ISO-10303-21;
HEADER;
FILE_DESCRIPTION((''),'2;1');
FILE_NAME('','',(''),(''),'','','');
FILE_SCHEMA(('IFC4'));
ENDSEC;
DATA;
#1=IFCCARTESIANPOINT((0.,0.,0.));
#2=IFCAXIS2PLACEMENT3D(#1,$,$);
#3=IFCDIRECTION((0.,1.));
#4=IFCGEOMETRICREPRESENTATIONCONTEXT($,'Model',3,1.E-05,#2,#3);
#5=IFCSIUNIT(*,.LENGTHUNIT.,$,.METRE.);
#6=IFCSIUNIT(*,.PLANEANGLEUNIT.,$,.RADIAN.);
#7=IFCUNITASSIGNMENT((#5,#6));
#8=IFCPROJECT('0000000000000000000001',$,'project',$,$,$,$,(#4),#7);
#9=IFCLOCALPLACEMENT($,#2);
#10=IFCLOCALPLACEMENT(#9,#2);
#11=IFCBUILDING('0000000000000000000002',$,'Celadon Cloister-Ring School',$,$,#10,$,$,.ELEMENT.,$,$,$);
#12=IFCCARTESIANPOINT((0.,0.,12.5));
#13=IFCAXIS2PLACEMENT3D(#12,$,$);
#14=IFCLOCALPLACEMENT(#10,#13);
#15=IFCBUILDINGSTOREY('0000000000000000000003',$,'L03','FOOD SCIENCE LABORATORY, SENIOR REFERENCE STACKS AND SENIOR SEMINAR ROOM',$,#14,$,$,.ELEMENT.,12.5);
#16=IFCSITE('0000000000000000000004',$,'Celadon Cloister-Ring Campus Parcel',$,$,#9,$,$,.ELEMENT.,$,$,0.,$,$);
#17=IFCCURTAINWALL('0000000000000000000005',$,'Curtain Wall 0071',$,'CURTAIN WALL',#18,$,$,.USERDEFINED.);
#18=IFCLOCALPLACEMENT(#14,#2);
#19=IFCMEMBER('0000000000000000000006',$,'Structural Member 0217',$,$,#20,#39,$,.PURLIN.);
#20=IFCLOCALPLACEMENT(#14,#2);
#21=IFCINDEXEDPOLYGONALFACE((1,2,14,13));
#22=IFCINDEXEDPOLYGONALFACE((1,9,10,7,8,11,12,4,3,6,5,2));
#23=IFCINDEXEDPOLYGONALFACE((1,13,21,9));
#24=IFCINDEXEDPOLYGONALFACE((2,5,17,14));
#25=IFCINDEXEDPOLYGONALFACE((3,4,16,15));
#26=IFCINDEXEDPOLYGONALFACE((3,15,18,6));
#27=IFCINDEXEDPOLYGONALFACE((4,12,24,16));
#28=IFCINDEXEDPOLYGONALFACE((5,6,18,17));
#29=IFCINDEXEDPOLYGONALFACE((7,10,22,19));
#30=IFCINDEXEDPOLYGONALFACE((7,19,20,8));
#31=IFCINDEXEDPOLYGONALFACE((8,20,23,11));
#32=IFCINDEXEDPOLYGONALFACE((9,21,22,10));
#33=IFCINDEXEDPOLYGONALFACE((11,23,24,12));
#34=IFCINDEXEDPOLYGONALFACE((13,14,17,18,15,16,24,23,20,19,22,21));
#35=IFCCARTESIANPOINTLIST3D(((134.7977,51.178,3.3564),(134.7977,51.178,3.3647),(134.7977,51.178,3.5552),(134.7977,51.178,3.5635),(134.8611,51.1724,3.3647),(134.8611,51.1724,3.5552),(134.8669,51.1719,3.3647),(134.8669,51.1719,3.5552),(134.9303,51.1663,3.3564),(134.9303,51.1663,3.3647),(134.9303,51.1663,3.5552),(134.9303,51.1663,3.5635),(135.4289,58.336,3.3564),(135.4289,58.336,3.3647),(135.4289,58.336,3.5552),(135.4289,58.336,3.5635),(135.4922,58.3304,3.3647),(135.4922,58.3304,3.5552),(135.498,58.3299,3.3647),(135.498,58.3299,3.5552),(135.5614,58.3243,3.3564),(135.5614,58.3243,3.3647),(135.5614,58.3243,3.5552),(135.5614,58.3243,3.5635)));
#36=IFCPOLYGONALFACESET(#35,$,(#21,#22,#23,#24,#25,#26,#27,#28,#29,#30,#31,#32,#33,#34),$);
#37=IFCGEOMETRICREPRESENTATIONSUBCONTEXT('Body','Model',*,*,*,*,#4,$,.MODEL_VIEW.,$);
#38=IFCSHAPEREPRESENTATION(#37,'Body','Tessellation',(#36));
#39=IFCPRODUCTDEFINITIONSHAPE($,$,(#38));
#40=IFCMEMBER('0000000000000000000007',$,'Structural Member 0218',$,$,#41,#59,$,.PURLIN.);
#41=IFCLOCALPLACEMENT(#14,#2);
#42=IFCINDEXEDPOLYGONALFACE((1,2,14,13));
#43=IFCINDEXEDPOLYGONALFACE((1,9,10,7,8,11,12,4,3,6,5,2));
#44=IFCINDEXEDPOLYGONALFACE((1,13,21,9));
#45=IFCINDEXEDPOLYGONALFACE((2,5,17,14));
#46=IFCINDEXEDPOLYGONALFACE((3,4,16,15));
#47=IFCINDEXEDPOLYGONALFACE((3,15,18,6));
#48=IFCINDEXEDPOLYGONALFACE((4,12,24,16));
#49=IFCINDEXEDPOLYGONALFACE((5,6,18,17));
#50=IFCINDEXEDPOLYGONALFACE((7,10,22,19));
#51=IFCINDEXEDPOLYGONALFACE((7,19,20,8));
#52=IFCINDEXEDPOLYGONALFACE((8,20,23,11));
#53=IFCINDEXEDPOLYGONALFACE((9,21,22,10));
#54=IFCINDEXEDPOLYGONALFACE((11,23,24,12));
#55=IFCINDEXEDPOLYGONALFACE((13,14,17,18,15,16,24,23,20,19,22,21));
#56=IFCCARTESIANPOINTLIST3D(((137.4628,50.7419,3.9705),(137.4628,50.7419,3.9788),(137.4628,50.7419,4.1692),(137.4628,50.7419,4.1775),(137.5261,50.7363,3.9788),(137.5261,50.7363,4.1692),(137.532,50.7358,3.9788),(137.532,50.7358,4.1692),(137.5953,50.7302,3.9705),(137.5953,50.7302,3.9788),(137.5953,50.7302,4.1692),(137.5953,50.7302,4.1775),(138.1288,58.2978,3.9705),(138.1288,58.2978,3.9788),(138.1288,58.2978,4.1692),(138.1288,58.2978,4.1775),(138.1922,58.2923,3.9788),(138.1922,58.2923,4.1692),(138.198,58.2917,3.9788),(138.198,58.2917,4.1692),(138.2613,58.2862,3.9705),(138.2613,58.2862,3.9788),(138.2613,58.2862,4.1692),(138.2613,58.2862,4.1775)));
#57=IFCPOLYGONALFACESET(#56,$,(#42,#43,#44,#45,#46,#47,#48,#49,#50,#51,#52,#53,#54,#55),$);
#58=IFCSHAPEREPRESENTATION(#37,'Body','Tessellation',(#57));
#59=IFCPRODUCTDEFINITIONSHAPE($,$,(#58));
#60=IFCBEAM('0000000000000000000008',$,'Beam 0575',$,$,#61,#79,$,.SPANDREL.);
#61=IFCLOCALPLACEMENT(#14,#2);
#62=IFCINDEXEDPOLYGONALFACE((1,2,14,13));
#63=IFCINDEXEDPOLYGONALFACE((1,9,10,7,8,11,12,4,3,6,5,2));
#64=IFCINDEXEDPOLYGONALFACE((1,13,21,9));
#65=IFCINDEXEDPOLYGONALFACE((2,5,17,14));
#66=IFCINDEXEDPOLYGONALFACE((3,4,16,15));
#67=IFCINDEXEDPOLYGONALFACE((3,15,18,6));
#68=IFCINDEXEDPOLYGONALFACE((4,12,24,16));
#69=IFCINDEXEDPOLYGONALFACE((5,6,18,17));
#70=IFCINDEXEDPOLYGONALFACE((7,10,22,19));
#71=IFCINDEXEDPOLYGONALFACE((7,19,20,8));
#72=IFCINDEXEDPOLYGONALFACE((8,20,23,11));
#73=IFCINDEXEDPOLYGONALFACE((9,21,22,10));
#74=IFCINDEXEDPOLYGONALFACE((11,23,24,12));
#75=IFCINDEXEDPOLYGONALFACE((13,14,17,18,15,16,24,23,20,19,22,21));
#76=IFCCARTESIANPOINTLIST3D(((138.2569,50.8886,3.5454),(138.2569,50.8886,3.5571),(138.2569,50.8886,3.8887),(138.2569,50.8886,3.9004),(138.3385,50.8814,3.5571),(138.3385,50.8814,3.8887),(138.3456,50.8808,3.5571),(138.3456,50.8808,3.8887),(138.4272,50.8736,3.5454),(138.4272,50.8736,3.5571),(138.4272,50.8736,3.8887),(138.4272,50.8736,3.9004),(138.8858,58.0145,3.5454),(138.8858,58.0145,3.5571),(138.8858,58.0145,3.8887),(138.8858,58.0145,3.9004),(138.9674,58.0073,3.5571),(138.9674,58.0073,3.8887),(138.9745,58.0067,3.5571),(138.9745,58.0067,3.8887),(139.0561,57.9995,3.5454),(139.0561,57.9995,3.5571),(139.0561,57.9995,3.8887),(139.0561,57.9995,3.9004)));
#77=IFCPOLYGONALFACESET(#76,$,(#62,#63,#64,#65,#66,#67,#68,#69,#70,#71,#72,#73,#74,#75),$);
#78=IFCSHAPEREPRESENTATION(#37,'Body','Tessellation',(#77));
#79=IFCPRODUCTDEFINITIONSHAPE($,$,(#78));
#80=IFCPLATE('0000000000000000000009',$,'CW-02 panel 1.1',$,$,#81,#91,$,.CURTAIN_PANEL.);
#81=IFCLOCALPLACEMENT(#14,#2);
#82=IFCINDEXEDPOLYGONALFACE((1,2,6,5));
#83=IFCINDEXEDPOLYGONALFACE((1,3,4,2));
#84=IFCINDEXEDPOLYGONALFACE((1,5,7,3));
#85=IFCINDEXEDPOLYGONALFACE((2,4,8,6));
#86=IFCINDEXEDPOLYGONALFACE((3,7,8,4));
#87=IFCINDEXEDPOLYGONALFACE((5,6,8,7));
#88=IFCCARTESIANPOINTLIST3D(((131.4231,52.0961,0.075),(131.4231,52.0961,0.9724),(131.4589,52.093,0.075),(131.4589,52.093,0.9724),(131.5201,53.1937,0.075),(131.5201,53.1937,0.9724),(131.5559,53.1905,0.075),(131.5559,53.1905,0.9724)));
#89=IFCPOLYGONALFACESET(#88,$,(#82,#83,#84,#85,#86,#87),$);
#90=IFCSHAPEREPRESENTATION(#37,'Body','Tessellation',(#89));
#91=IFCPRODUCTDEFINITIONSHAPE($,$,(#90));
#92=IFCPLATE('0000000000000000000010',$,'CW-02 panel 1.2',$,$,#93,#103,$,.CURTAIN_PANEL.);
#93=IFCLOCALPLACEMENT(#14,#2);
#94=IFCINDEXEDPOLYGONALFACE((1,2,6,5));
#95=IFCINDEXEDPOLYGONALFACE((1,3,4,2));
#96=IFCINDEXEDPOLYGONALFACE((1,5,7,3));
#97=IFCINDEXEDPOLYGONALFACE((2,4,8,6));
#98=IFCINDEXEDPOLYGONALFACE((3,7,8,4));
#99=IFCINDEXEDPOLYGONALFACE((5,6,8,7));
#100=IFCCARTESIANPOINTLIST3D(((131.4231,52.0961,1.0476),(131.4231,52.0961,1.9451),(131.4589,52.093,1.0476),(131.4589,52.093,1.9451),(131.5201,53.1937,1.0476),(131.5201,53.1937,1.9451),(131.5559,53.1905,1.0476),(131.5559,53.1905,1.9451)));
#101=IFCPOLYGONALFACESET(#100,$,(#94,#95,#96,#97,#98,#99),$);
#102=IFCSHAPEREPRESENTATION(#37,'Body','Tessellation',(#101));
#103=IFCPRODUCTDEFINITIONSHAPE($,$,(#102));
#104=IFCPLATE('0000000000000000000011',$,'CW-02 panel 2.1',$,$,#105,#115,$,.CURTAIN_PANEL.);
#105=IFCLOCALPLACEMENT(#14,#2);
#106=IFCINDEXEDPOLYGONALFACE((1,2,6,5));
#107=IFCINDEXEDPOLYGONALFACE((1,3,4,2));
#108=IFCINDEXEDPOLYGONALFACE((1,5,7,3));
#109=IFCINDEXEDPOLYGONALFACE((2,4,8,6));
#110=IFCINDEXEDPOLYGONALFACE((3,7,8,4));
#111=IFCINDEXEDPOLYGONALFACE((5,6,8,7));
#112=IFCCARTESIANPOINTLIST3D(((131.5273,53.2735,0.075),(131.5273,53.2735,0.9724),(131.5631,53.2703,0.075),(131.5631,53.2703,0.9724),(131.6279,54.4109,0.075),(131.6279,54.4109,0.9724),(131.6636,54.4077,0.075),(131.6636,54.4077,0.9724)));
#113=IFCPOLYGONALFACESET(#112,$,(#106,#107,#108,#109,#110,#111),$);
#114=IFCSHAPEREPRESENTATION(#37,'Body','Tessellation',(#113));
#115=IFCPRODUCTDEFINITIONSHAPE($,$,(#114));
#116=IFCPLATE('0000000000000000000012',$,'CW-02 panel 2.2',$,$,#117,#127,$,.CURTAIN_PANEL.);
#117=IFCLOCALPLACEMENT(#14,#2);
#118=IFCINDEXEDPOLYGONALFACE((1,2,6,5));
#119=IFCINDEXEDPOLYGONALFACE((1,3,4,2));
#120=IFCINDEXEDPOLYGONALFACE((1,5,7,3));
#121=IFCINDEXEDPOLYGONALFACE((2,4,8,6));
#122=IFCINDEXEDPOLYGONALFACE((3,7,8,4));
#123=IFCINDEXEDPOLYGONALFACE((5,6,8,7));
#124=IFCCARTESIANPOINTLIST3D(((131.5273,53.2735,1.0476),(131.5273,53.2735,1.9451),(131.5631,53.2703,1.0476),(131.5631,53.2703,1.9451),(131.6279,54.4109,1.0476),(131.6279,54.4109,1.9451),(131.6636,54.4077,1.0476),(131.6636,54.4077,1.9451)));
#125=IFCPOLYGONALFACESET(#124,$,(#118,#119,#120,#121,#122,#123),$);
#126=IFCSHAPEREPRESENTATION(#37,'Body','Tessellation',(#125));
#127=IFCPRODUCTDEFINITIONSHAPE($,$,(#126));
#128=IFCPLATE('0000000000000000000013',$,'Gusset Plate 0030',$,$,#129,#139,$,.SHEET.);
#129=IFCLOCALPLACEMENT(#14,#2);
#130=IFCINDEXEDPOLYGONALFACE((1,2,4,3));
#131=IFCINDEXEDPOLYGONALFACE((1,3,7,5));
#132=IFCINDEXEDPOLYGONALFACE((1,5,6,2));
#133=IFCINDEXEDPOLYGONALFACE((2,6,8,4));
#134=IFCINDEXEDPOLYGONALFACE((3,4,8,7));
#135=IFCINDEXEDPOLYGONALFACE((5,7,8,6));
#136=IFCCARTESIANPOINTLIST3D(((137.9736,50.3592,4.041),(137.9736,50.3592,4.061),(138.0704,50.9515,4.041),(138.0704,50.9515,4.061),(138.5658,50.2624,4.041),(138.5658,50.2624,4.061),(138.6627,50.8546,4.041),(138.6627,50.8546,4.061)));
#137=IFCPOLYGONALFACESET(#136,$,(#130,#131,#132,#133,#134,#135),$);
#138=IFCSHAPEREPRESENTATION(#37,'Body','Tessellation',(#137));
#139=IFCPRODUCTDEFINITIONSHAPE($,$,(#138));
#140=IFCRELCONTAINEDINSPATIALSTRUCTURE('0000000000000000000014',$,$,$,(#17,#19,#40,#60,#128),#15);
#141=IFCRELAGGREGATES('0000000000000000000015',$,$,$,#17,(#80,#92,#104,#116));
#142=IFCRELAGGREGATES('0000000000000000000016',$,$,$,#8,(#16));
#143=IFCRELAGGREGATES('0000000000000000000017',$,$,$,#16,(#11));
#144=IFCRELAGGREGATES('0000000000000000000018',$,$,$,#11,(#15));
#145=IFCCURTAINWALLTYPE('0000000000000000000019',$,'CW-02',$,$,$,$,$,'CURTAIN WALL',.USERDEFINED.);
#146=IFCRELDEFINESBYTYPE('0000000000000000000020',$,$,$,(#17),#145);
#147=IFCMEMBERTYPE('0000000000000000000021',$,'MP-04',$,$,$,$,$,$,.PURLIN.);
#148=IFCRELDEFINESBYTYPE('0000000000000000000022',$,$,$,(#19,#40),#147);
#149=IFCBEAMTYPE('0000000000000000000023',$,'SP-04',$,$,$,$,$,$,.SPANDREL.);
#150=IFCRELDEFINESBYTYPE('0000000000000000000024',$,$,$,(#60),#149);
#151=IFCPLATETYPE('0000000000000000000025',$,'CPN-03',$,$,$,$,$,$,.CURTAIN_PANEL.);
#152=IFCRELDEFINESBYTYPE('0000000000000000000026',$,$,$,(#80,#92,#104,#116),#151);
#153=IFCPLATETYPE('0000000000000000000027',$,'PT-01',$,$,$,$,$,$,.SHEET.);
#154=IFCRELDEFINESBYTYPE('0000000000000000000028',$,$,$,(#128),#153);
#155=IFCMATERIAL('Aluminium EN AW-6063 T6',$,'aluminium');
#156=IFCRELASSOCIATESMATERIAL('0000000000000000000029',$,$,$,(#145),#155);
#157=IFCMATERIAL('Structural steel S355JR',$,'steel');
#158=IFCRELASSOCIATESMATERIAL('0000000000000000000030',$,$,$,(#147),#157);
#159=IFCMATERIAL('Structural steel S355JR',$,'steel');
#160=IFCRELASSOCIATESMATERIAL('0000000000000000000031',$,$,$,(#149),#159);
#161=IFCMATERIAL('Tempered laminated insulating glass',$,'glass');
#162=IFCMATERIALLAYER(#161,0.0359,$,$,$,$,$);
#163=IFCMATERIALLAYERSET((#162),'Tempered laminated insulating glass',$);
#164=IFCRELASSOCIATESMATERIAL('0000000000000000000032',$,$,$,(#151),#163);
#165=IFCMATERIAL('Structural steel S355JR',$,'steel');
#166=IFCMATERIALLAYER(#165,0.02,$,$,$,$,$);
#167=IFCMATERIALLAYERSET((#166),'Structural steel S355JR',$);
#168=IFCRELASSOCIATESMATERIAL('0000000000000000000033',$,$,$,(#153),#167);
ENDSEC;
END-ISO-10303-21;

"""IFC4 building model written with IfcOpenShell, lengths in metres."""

from ifc_helpers import new_model, si_unit, direction, frame, origin, origin_2d, place, context, subcontext, project, spatial, rectangle, i_section, extrude, material, layer, layer_set, material_profile, profile_set, type_object, element, aggregate, save


model = new_model("IFC4")

# Units and contexts
model_context = context("Model", 3, precision=1e-05, world=origin(), true_north=direction((0.0, 1.0)))
body_context = subcontext(model_context, "Body", "Model", "MODEL_VIEW")
ifc_project = project(units=[si_unit("LENGTHUNIT", "METRE"), si_unit("PLANEANGLEUNIT", "RADIAN")], contexts=[model_context])

# Site, building, storey
site_placement = place(None, origin())
site = spatial("IfcSite", under=ifc_project, at=site_placement, Name="Celadon Cloister-Ring Campus Parcel", CompositionType="ELEMENT", RefElevation=0.0)
building_placement = place(site_placement, origin())
building = spatial("IfcBuilding", under=site, at=building_placement, Name="Celadon Cloister-Ring School", CompositionType="ELEMENT")
storey_placement = place(building_placement, frame((0.0, 0.0, 12.5)))
storey = spatial("IfcBuildingStorey", under=building, at=storey_placement, Name="L03", Description="FOOD SCIENCE LABORATORY, SENIOR REFERENCE STACKS AND SENIOR SEMINAR ROOM", CompositionType="ELEMENT", Elevation=12.5)

# Curtain wall
ifc_material_1 = material(Name="Aluminium EN AW-6063 T6", Category="aluminium")
curtain_wall_type = type_object("IfcCurtainWallType", Name="CW-02", ElementType="CURTAIN WALL", PredefinedType="USERDEFINED", material=ifc_material_1)
curtain_wall_placement = place(storey_placement, origin())
curtain_wall = element("IfcCurtainWall", 1, at=curtain_wall_placement, inside=storey, type_object=curtain_wall_type, Name="Curtain Wall 0071", ObjectType="CURTAIN WALL", PredefinedType="USERDEFINED")

# Members
ifc_material_2 = material(Name="Structural steel S355JR", Category="steel")
ifc_material_profile_1 = material_profile(ifc_material_2, i_section(OverallWidth=0.1331, OverallDepth=0.207, WebThickness=0.0059, FlangeThickness=0.0083, at=origin_2d()), Name="W200X27")
ifc_profile_set_1 = profile_set([ifc_material_profile_1], Name="Structural steel S355JR")
member_type_1 = type_object("IfcMemberType", Name="MP-04", PredefinedType="PURLIN", material=ifc_profile_set_1)
member_1_placement = place(storey_placement, frame((134.864, 51.1721, 3.46), z_axis=(0.087827, 0.996136, 0.0), x_axis=(-0.996136, 0.087827, 0.0)))
element("IfcMember", 2, at=member_1_placement, inside=storey, type_object=member_type_1, Name="Structural Member 0217", PredefinedType="PURLIN", context=body_context, shape_type="SweptSolid", body=[
    extrude(i_section(OverallWidth=0.1331, OverallDepth=0.207, WebThickness=0.0059, FlangeThickness=0.0083, at=origin_2d()), origin(), (0.0, 0.0, 1.0), 7.1858),
])
member_2_placement = place(storey_placement, frame((137.5291, 50.7361, 4.074), z_axis=(0.087805, 0.996138, 0.0), x_axis=(-0.996138, 0.087805, 0.0)))
element("IfcMember", 3, at=member_2_placement, inside=storey, type_object=member_type_1, Name="Structural Member 0218", PredefinedType="PURLIN", context=body_context, shape_type="SweptSolid", body=[
    extrude(i_section(OverallWidth=0.1331, OverallDepth=0.207, WebThickness=0.0059, FlangeThickness=0.0083, at=origin_2d()), origin(), (0.0, 0.0, 1.0), 7.5852),
])

# Beam
ifc_material_3 = material(Name="Structural steel S355JR", Category="steel")
ifc_material_profile_2 = material_profile(ifc_material_3, i_section(OverallWidth=0.1709, OverallDepth=0.355, WebThickness=0.0071, FlangeThickness=0.0117, at=origin_2d()), Name="W360X51")
ifc_profile_set_2 = profile_set([ifc_material_profile_2], Name="Structural steel S355JR")
beam_type = type_object("IfcBeamType", Name="SP-04", PredefinedType="SPANDREL", material=ifc_profile_set_2)
beam_placement = place(storey_placement, frame((138.342, 50.8811, 3.7229), z_axis=(0.087914, 0.996128, 0.0), x_axis=(-0.996128, 0.087914, 0.0)))
element("IfcBeam", 4, at=beam_placement, inside=storey, type_object=beam_type, Name="Beam 0575", PredefinedType="SPANDREL", context=body_context, shape_type="SweptSolid", body=[
    extrude(i_section(OverallWidth=0.1709, OverallDepth=0.355, WebThickness=0.0071, FlangeThickness=0.0117, at=origin_2d()), origin(), (0.0, 0.0, 1.0), 7.1536),
])

# Plates
ifc_material_4 = material(Name="Tempered laminated insulating glass", Category="glass")
ifc_layer_1 = layer(ifc_material_4, 0.0359)
ifc_layer_set_1 = layer_set([ifc_layer_1], Name="Tempered laminated insulating glass")
plate_type_1 = type_object("IfcPlateType", Name="CPN-03", PredefinedType="CURTAIN_PANEL", material=ifc_layer_set_1)
plate_1_placement = place(storey_placement, frame((131.4895, 52.6433, 0.075), z_axis=(0.0, 0.0, 1.0), x_axis=(0.088071, 0.996114, 0.0)))
plate_1 = element("IfcPlate", 5, at=plate_1_placement, type_object=plate_type_1, Name="CW-02 panel 1.1", PredefinedType="CURTAIN_PANEL", context=body_context, shape_type="SweptSolid", body=[
    extrude(rectangle(XDim=1.1018, YDim=0.0359, at=origin_2d()), origin(), (0.0, 0.0, 1.0), 0.8975),
])
plate_2_placement = place(storey_placement, frame((131.4895, 52.6433, 1.0476), z_axis=(0.0, 0.0, 1.0), x_axis=(0.088071, 0.996114, 0.0)))
plate_2 = element("IfcPlate", 6, at=plate_2_placement, type_object=plate_type_1, Name="CW-02 panel 1.2", PredefinedType="CURTAIN_PANEL", context=body_context, shape_type="SweptSolid", body=[
    extrude(rectangle(XDim=1.1018, YDim=0.0359, at=origin_2d()), origin(), (0.0, 0.0, 1.0), 0.8975),
])
plate_3_placement = place(storey_placement, frame((131.5955, 53.8406, 0.075), z_axis=(0.0, 0.0, 1.0), x_axis=(0.088071, 0.996114, 0.0)))
plate_3 = element("IfcPlate", 7, at=plate_3_placement, type_object=plate_type_1, Name="CW-02 panel 2.1", PredefinedType="CURTAIN_PANEL", context=body_context, shape_type="SweptSolid", body=[
    extrude(rectangle(XDim=1.1418, YDim=0.0359, at=origin_2d()), origin(), (0.0, 0.0, 1.0), 0.8975),
])
plate_4_placement = place(storey_placement, frame((131.5955, 53.8406, 1.0476), z_axis=(0.0, 0.0, 1.0), x_axis=(0.088071, 0.996114, 0.0)))
plate_4 = element("IfcPlate", 8, at=plate_4_placement, type_object=plate_type_1, Name="CW-02 panel 2.2", PredefinedType="CURTAIN_PANEL", context=body_context, shape_type="SweptSolid", body=[
    extrude(rectangle(XDim=1.1418, YDim=0.0359, at=origin_2d()), origin(), (0.0, 0.0, 1.0), 0.8975),
])
aggregate(curtain_wall, [plate_1, plate_2, plate_3, plate_4])
ifc_material_5 = material(Name="Structural steel S355JR", Category="steel")
ifc_layer_2 = layer(ifc_material_5, 0.02)
ifc_layer_set_2 = layer_set([ifc_layer_2], Name="Structural steel S355JR")
plate_type_2 = type_object("IfcPlateType", Name="PT-01", PredefinedType="SHEET", material=ifc_layer_set_2)
plate_5_placement = place(storey_placement, frame((138.3181, 50.6069, 4.041), z_axis=(0.0, 0.0, 1.0), x_axis=(0.98689, -0.161397, 0.0)))
element("IfcPlate", 9, at=plate_5_placement, inside=storey, type_object=plate_type_2, Name="Gusset Plate 0030", PredefinedType="SHEET", context=body_context, shape_type="SweptSolid", body=[
    extrude(rectangle(XDim=0.6001, YDim=0.6001, at=origin_2d()), origin(), (0.0, 0.0, 1.0), 0.02),
])

save(model, "model.ifc")
